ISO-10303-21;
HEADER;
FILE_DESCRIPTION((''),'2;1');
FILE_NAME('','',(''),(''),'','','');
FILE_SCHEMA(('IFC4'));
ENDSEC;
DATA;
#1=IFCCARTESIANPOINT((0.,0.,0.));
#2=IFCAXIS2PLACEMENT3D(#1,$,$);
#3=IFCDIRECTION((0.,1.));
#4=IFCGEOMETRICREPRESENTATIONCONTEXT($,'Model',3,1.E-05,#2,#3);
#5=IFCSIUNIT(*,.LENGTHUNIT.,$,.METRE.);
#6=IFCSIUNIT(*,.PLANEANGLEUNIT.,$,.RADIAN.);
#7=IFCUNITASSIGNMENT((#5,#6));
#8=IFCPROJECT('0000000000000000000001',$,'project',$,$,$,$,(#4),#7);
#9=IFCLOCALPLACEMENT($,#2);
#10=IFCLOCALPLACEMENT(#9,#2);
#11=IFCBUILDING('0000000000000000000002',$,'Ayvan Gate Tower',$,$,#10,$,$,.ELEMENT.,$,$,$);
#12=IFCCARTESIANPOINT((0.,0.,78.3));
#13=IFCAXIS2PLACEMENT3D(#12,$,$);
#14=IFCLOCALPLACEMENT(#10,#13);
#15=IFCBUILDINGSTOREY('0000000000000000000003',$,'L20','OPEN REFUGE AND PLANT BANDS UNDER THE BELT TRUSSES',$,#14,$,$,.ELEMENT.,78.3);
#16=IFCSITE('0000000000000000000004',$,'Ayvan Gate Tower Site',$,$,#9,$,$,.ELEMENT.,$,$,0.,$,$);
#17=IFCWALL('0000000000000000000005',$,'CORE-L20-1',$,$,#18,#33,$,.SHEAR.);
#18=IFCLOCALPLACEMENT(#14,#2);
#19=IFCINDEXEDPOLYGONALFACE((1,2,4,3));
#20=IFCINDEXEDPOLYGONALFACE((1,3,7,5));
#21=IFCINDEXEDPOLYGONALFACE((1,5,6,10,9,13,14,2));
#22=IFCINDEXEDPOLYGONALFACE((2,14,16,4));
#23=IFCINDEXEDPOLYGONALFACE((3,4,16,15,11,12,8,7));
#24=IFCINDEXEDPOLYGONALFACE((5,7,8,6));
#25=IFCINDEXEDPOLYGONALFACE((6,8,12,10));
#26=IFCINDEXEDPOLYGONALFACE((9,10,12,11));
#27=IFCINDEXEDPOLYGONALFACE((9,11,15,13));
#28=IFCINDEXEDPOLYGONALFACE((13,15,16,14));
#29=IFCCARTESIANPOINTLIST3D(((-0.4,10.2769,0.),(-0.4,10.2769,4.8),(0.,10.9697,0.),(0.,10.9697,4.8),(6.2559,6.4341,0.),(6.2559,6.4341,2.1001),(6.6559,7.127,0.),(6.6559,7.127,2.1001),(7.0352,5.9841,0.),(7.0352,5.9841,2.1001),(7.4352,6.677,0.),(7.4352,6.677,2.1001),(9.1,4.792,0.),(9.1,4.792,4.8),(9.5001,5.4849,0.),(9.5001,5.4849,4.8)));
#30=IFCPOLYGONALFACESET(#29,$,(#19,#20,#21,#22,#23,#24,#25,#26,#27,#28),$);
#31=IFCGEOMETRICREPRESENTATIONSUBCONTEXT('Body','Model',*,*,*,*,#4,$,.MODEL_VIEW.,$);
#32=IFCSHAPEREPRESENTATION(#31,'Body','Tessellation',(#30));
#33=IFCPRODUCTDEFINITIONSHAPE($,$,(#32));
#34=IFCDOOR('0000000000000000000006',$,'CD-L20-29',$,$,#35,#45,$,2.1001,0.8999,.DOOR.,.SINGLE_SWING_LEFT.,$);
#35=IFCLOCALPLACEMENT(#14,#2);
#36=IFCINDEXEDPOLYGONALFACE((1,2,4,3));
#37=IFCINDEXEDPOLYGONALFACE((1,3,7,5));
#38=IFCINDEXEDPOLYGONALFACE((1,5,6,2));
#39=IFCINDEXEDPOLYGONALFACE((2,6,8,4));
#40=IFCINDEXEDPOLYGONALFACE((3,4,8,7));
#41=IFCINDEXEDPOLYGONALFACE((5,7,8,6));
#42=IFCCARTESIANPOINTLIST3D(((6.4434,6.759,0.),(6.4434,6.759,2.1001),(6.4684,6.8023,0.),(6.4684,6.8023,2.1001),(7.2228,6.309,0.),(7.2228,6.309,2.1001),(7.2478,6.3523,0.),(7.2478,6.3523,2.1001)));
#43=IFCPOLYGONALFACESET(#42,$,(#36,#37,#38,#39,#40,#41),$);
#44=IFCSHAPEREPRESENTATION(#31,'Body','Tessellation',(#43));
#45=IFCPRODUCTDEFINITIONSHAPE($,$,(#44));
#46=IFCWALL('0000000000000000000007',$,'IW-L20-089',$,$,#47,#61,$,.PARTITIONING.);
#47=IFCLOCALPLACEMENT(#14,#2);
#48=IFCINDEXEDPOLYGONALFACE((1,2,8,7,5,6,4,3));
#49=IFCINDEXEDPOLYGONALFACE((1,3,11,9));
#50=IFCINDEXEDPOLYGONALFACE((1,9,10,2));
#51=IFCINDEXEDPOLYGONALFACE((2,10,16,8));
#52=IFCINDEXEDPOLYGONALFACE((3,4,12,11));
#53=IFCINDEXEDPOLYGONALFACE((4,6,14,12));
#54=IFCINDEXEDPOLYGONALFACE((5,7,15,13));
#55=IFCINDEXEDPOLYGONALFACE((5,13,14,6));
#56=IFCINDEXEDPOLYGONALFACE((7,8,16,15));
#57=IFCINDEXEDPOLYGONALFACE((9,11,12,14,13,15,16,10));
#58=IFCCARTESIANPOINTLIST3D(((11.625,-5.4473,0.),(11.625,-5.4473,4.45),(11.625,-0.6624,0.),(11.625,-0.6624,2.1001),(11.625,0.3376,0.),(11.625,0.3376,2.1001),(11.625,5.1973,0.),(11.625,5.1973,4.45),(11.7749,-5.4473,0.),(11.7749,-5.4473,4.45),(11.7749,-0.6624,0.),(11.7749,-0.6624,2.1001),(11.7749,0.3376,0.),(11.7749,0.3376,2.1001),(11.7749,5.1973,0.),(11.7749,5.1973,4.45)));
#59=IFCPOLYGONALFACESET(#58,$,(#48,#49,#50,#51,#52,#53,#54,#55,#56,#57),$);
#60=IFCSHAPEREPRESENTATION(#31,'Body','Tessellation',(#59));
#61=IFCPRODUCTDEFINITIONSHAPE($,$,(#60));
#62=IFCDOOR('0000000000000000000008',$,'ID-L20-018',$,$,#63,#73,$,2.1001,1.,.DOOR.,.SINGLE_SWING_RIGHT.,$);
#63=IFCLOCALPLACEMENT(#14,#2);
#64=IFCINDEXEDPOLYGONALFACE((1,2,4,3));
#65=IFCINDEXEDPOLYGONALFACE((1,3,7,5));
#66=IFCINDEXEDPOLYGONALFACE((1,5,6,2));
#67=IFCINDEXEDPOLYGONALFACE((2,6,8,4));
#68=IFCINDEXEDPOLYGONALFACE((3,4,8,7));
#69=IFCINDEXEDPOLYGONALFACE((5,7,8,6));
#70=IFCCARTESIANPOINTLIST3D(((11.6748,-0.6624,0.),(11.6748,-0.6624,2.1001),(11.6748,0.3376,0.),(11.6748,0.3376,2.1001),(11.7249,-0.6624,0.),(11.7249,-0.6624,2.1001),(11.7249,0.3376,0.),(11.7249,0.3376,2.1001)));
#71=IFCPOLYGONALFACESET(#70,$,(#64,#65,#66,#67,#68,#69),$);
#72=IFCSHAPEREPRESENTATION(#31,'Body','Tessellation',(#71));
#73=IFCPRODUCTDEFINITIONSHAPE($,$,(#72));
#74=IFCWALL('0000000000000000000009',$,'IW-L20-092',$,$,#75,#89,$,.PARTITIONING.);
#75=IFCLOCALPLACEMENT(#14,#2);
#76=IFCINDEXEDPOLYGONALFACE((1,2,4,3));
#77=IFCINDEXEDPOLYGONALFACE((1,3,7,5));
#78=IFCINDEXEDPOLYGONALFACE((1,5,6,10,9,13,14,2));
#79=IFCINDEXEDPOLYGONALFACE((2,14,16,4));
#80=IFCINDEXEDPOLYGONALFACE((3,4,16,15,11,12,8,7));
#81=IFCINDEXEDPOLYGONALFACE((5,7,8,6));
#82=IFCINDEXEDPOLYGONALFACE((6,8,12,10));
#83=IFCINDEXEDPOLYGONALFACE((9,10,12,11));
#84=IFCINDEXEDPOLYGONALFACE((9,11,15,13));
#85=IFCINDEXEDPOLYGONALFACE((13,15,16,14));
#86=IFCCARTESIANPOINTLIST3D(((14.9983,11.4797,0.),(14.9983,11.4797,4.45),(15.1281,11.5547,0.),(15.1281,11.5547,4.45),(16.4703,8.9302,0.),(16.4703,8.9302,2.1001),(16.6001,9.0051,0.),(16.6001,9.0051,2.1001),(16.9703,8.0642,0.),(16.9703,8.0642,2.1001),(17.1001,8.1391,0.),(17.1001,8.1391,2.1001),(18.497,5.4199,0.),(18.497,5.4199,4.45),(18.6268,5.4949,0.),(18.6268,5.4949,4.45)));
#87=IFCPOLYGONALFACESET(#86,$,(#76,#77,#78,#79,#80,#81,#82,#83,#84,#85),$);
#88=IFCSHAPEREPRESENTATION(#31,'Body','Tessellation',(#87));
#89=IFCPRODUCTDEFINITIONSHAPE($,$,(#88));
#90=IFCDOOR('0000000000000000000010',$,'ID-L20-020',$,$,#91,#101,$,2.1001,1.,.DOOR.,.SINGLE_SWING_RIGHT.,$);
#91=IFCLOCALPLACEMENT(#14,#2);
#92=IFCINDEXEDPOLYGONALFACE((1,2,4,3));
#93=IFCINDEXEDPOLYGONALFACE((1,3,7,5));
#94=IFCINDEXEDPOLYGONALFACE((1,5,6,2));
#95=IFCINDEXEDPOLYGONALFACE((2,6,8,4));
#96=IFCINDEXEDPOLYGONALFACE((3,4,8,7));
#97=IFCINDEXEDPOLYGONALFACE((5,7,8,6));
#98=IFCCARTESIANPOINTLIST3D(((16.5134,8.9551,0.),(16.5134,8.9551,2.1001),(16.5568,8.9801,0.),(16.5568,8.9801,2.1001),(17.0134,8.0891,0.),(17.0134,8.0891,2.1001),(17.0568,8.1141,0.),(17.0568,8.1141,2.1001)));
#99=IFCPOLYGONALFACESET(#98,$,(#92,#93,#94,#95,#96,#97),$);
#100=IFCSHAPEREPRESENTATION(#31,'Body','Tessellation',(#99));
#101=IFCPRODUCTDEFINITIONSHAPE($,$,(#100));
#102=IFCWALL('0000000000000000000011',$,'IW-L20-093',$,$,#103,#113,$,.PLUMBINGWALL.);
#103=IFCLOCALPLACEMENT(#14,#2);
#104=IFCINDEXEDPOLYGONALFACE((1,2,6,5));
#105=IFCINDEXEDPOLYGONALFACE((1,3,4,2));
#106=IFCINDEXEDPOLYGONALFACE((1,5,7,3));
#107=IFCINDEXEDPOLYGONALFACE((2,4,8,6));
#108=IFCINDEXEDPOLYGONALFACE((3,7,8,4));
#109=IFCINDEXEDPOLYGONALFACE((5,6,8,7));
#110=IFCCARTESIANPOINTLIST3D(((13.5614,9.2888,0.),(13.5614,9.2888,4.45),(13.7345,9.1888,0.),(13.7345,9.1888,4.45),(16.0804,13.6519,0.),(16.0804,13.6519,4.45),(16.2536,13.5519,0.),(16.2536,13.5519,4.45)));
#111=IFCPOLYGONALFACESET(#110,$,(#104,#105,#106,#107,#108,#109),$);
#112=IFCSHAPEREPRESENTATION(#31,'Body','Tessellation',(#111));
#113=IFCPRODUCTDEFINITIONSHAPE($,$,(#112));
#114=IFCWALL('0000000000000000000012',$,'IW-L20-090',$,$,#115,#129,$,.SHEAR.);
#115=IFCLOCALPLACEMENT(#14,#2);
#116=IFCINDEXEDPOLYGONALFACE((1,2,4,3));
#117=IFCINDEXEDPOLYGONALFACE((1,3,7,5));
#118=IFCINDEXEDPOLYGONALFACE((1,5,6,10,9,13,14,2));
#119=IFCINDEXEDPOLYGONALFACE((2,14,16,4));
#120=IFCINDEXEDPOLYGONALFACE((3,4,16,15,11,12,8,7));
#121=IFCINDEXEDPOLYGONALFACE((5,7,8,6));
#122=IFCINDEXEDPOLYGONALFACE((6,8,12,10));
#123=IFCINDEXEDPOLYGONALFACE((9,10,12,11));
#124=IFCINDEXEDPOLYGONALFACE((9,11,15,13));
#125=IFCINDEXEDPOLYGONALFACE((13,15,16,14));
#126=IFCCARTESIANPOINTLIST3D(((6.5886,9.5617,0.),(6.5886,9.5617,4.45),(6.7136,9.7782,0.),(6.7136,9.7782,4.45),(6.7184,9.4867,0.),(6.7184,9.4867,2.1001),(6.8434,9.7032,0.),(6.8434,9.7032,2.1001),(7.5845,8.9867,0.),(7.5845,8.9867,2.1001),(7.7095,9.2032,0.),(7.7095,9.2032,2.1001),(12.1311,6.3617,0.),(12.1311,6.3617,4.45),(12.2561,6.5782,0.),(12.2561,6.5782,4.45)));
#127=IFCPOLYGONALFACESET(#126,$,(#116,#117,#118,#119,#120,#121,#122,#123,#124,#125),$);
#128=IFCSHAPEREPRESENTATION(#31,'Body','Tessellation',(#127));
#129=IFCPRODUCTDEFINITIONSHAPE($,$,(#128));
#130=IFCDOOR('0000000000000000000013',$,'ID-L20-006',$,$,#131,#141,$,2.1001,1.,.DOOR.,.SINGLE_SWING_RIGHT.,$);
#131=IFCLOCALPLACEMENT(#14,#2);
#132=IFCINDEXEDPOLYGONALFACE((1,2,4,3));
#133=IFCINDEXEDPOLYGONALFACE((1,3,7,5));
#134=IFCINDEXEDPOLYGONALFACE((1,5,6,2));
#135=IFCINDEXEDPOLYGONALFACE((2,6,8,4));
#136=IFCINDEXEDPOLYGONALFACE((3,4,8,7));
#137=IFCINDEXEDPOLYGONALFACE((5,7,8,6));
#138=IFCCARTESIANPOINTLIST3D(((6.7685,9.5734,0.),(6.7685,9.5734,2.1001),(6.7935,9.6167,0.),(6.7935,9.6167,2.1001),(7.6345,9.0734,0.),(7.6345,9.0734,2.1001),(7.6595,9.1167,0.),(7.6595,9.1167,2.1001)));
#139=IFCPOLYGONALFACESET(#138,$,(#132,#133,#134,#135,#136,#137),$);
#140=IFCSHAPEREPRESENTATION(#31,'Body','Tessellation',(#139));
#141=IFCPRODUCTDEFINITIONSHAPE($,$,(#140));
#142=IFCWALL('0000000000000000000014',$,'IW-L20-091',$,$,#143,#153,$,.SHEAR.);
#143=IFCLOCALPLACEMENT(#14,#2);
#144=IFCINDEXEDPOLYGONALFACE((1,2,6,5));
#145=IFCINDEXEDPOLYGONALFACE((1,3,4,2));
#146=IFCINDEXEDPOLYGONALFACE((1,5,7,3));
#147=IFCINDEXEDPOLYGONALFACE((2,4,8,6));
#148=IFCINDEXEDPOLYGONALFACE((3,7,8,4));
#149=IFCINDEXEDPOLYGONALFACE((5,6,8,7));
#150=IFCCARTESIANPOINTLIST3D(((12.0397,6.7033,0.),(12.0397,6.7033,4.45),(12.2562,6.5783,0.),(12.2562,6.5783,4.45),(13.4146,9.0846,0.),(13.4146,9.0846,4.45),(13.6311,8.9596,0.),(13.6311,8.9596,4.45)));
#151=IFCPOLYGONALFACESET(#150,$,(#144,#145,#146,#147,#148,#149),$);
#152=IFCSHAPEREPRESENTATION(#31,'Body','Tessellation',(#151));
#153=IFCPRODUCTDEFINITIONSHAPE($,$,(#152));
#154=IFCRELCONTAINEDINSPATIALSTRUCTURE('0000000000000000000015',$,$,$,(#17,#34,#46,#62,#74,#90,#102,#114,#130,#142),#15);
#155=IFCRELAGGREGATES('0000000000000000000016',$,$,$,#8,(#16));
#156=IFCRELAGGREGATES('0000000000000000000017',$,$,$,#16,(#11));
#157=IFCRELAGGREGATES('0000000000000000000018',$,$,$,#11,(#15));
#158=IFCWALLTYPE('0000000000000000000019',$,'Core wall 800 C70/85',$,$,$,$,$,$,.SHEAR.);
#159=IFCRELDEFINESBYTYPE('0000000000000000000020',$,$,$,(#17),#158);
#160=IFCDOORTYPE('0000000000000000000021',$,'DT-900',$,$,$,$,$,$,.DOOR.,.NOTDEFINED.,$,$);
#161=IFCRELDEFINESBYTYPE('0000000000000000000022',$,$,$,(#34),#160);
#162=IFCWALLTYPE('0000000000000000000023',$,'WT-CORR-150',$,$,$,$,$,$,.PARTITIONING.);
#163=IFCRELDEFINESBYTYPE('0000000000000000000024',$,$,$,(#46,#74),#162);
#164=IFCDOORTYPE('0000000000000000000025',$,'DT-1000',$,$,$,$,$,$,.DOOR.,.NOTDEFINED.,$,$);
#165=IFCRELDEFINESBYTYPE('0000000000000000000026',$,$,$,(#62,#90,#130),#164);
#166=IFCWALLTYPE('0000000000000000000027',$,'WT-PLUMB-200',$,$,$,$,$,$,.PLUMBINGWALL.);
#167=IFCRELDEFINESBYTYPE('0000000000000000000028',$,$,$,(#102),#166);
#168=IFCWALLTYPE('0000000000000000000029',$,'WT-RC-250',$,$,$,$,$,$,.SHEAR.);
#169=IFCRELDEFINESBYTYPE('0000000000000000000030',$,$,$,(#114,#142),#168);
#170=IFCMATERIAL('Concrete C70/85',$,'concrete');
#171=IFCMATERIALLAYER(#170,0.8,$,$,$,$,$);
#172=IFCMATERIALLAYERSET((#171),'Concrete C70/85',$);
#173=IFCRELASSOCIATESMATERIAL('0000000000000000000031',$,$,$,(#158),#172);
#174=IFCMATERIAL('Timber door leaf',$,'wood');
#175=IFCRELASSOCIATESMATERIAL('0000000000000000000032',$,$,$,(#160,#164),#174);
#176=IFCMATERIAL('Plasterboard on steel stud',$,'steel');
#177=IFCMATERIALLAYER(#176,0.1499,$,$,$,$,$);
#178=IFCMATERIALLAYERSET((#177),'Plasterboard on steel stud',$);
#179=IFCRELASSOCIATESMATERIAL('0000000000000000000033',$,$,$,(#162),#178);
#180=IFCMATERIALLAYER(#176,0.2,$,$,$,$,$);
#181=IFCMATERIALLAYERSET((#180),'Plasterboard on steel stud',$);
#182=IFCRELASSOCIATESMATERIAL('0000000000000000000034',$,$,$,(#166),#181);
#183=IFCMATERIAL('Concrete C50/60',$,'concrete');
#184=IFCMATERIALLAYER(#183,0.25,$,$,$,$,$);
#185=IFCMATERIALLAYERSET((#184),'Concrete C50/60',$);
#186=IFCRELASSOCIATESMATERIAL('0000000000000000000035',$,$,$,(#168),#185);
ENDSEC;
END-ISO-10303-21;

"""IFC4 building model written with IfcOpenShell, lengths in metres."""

from ifc_helpers import new_model, si_unit, direction, frame, frame_2d, origin, place, context, subcontext, project, spatial, rectangle, extrude, material, layer, layer_set, type_object, element, fill, save


model = new_model("IFC4")

# Units and contexts
model_context = context("Model", 3, precision=1e-05, world=origin(), true_north=direction((0.0, 1.0)))
body_context = subcontext(model_context, "Body", "Model", "MODEL_VIEW")
ifc_project = project(units=[si_unit("LENGTHUNIT", "METRE"), si_unit("PLANEANGLEUNIT", "RADIAN")], contexts=[model_context])

# Site, building, storey
site_placement = place(None, origin())
site = spatial("IfcSite", under=ifc_project, at=site_placement, Name="Ayvan Gate Tower Site", CompositionType="ELEMENT", RefElevation=0.0)
building_placement = place(site_placement, origin())
building = spatial("IfcBuilding", under=site, at=building_placement, Name="Ayvan Gate Tower", CompositionType="ELEMENT")
storey_placement = place(building_placement, frame((0.0, 0.0, 78.3)))
storey = spatial("IfcBuildingStorey", under=building, at=storey_placement, Name="L20", Description="OPEN REFUGE AND PLANT BANDS UNDER THE BELT TRUSSES", CompositionType="ELEMENT", Elevation=78.3)

# Walls, openings, doors
ifc_material_1 = material(Name="Concrete C70/85", Category="concrete")
ifc_layer_1 = layer(ifc_material_1, 0.8)
ifc_layer_set_1 = layer_set([ifc_layer_1], Name="Concrete C70/85")
wall_type_1 = type_object("IfcWallType", Name="Core wall 800 C70/85", PredefinedType="SHEAR", material=ifc_layer_set_1)
wall_1_placement = place(storey_placement, frame((9.3, 5.1384, 0.0), z_axis=(0.0, 0.0, 1.0), x_axis=(-0.866024, 0.500002, 0.0)))
wall_1 = element("IfcWall", 1, at=wall_1_placement, inside=storey, type_object=wall_type_1, Name="CORE-L20-1", PredefinedType="SHEAR", context=body_context, shape_type="SweptSolid", body=[
    extrude(rectangle(XDim=10.9697, YDim=0.8, at=frame_2d((5.4849, 0.0))), origin(), (0.0, 0.0, 1.0), 4.8),
])
opening_1_placement = place(wall_1_placement, frame((2.3843, 0.0, 0.0)))
opening_1 = element("IfcOpeningElement", 2, at=opening_1_placement, cuts=wall_1, PredefinedType="OPENING", context=body_context, shape_type="SweptSolid", body=[
    extrude(rectangle(XDim=0.8999, YDim=2.1001, at=frame_2d((0.45, 1.05))), frame((0.0, 0.4099, 0.0), z_axis=(0.0, -1.0, 0.0), x_axis=(1.0, 0.0, 0.0)), (0.0, 0.0, 1.0), 0.8201),
])
ifc_material_2 = material(Name="Timber door leaf", Category="wood")
door_type_1 = type_object("IfcDoorType", Name="DT-900", OperationType="NOTDEFINED", PredefinedType="DOOR", material=ifc_material_2)
door_1_placement = place(opening_1_placement, origin())
door_1 = element("IfcDoor", 3, at=door_1_placement, inside=storey, type_object=door_type_1, Name="CD-L20-29", OperationType="SINGLE_SWING_LEFT", OverallHeight=2.1001, OverallWidth=0.8999, PredefinedType="DOOR", context=body_context, shape_type="SweptSolid", body=[
    extrude(rectangle(XDim=0.8999, YDim=2.1001, at=frame_2d((0.45, 1.05))), frame((0.0, 0.0249, 0.0), z_axis=(0.0, -1.0, 0.0), x_axis=(1.0, 0.0, 0.0)), (0.0, 0.0, 1.0), 0.05),
])
fill(opening_1, door_1)
ifc_material_3 = material(Name="Plasterboard on steel stud", Category="steel")
ifc_layer_2 = layer(ifc_material_3, 0.1499)
ifc_layer_set_2 = layer_set([ifc_layer_2], Name="Plasterboard on steel stud")
wall_type_2 = type_object("IfcWallType", Name="WT-CORR-150", PredefinedType="PARTITIONING", material=ifc_layer_set_2)
wall_2_placement = place(storey_placement, frame((11.7, 5.1973, 0.0), z_axis=(0.0, 0.0, 1.0), x_axis=(0.0, -1.0, 0.0)))
wall_2 = element("IfcWall", 4, at=wall_2_placement, inside=storey, type_object=wall_type_2, Name="IW-L20-089", PredefinedType="PARTITIONING", context=body_context, shape_type="SweptSolid", body=[
    extrude(rectangle(XDim=10.6445, YDim=0.1499, at=frame_2d((5.3223, 0.0))), origin(), (0.0, 0.0, 1.0), 4.45),
])
opening_2_placement = place(wall_2_placement, frame((4.8596, 0.0, 0.0)))
opening_2 = element("IfcOpeningElement", 5, at=opening_2_placement, cuts=wall_2, PredefinedType="OPENING", context=body_context, shape_type="SweptSolid", body=[
    extrude(rectangle(XDim=1.0, YDim=2.1001, at=frame_2d((0.5, 1.05))), frame((0.0, 0.085, 0.0), z_axis=(0.0, -1.0, 0.0), x_axis=(1.0, 0.0, 0.0)), (0.0, 0.0, 1.0), 0.1699),
])
door_type_2 = type_object("IfcDoorType", Name="DT-1000", OperationType="NOTDEFINED", PredefinedType="DOOR", material=ifc_material_2)
door_2_placement = place(opening_2_placement, origin())
door_2 = element("IfcDoor", 6, at=door_2_placement, inside=storey, type_object=door_type_2, Name="ID-L20-018", OperationType="SINGLE_SWING_RIGHT", OverallHeight=2.1001, OverallWidth=1.0, PredefinedType="DOOR", context=body_context, shape_type="SweptSolid", body=[
    extrude(rectangle(XDim=1.0, YDim=2.1001, at=frame_2d((0.5, 1.05))), frame((0.0, 0.0249, 0.0), z_axis=(0.0, -1.0, 0.0), x_axis=(1.0, 0.0, 0.0)), (0.0, 0.0, 1.0), 0.05),
])
fill(opening_2, door_2)
wall_3_placement = place(storey_placement, frame((15.0632, 11.5171, 0.0), z_axis=(0.0, 0.0, 1.0), x_axis=(0.500015, -0.866017, 0.0)))
wall_3 = element("IfcWall", 7, at=wall_3_placement, inside=storey, type_object=wall_type_2, Name="IW-L20-092", PredefinedType="PARTITIONING", context=body_context, shape_type="SweptSolid", body=[
    extrude(rectangle(XDim=6.9973, YDim=0.1499, at=frame_2d((3.4985, 0.0))), origin(), (0.0, 0.0, 1.0), 4.45),
])
opening_3_placement = place(wall_3_placement, frame((2.9438, 0.0, 0.0)))
opening_3 = element("IfcOpeningElement", 8, at=opening_3_placement, cuts=wall_3, PredefinedType="OPENING", context=body_context, shape_type="SweptSolid", body=[
    extrude(rectangle(XDim=1.0, YDim=2.1001, at=frame_2d((0.5, 1.05))), frame((0.0, 0.085, 0.0), z_axis=(0.0, -1.0, 0.0), x_axis=(1.0, 0.0, 0.0)), (0.0, 0.0, 1.0), 0.1699),
])
door_3_placement = place(opening_3_placement, origin())
door_3 = element("IfcDoor", 9, at=door_3_placement, inside=storey, type_object=door_type_2, Name="ID-L20-020", OperationType="SINGLE_SWING_RIGHT", OverallHeight=2.1001, OverallWidth=1.0, PredefinedType="DOOR", context=body_context, shape_type="SweptSolid", body=[
    extrude(rectangle(XDim=1.0, YDim=2.1001, at=frame_2d((0.5, 1.05))), frame((0.0, 0.0249, 0.0), z_axis=(0.0, -1.0, 0.0), x_axis=(1.0, 0.0, 0.0)), (0.0, 0.0, 1.0), 0.05),
])
fill(opening_3, door_3)

# Wall
ifc_layer_3 = layer(ifc_material_3, 0.2)
ifc_layer_set_3 = layer_set([ifc_layer_3], Name="Plasterboard on steel stud")
wall_type_3 = type_object("IfcWallType", Name="WT-PLUMB-200", PredefinedType="PLUMBINGWALL", material=ifc_layer_set_3)
wall_4_placement = place(storey_placement, frame((13.6479, 9.2388, 0.0), z_axis=(0.0, 0.0, 1.0), x_axis=(0.500006, 0.866022, 0.0)))
element("IfcWall", 10, at=wall_4_placement, inside=storey, type_object=wall_type_3, Name="IW-L20-093", PredefinedType="PLUMBINGWALL", context=body_context, shape_type="SweptSolid", body=[
    extrude(rectangle(XDim=5.0381, YDim=0.2, at=frame_2d((2.519, 0.0))), origin(), (0.0, 0.0, 1.0), 4.45),
])

# Wall, opening, door
ifc_material_4 = material(Name="Concrete C50/60", Category="concrete")
ifc_layer_4 = layer(ifc_material_4, 0.25)
ifc_layer_set_4 = layer_set([ifc_layer_4], Name="Concrete C50/60")
wall_type_4 = type_object("IfcWallType", Name="WT-RC-250", PredefinedType="SHEAR", material=ifc_layer_set_4)
wall_5_placement = place(storey_placement, frame((12.1936, 6.47, 0.0), z_axis=(0.0, 0.0, 1.0), x_axis=(-0.866025, 0.5, 0.0)))
wall_5 = element("IfcWall", 11, at=wall_5_placement, inside=storey, type_object=wall_type_4, Name="IW-L20-090", PredefinedType="SHEAR", context=body_context, shape_type="SweptSolid", body=[
    extrude(rectangle(XDim=6.3999, YDim=0.25, at=frame_2d((3.2, 0.0))), origin(), (0.0, 0.0, 1.0), 4.45),
])
opening_4_placement = place(wall_5_placement, frame((5.25, 0.0, 0.0)))
opening_4 = element("IfcOpeningElement", 12, at=opening_4_placement, cuts=wall_5, PredefinedType="OPENING", context=body_context, shape_type="SweptSolid", body=[
    extrude(rectangle(XDim=1.0, YDim=2.1001, at=frame_2d((0.5, 1.05))), frame((0.0, 0.135, 0.0), z_axis=(0.0, -1.0, 0.0), x_axis=(1.0, 0.0, 0.0)), (0.0, 0.0, 1.0), 0.27),
])
door_4_placement = place(opening_4_placement, origin())
door_4 = element("IfcDoor", 13, at=door_4_placement, inside=storey, type_object=door_type_2, Name="ID-L20-006", OperationType="SINGLE_SWING_RIGHT", OverallHeight=2.1001, OverallWidth=1.0, PredefinedType="DOOR", context=body_context, shape_type="SweptSolid", body=[
    extrude(rectangle(XDim=1.0, YDim=2.1001, at=frame_2d((0.5, 1.05))), frame((0.0, 0.0249, 0.0), z_axis=(0.0, -1.0, 0.0), x_axis=(1.0, 0.0, 0.0)), (0.0, 0.0, 1.0), 0.05),
])
fill(opening_4, door_4)

# Wall
wall_6_placement = place(storey_placement, frame((13.5229, 9.0222, 0.0), z_axis=(0.0, 0.0, 1.0), x_axis=(-0.500035, -0.866005, 0.0)))
element("IfcWall", 14, at=wall_6_placement, inside=storey, type_object=wall_type_4, Name="IW-L20-091", PredefinedType="SHEAR", context=body_context, shape_type="SweptSolid", body=[
    extrude(rectangle(XDim=2.7498, YDim=0.25, at=frame_2d((1.375, 0.0))), origin(), (0.0, 0.0, 1.0), 4.45),
])

save(model, "model.ifc")
